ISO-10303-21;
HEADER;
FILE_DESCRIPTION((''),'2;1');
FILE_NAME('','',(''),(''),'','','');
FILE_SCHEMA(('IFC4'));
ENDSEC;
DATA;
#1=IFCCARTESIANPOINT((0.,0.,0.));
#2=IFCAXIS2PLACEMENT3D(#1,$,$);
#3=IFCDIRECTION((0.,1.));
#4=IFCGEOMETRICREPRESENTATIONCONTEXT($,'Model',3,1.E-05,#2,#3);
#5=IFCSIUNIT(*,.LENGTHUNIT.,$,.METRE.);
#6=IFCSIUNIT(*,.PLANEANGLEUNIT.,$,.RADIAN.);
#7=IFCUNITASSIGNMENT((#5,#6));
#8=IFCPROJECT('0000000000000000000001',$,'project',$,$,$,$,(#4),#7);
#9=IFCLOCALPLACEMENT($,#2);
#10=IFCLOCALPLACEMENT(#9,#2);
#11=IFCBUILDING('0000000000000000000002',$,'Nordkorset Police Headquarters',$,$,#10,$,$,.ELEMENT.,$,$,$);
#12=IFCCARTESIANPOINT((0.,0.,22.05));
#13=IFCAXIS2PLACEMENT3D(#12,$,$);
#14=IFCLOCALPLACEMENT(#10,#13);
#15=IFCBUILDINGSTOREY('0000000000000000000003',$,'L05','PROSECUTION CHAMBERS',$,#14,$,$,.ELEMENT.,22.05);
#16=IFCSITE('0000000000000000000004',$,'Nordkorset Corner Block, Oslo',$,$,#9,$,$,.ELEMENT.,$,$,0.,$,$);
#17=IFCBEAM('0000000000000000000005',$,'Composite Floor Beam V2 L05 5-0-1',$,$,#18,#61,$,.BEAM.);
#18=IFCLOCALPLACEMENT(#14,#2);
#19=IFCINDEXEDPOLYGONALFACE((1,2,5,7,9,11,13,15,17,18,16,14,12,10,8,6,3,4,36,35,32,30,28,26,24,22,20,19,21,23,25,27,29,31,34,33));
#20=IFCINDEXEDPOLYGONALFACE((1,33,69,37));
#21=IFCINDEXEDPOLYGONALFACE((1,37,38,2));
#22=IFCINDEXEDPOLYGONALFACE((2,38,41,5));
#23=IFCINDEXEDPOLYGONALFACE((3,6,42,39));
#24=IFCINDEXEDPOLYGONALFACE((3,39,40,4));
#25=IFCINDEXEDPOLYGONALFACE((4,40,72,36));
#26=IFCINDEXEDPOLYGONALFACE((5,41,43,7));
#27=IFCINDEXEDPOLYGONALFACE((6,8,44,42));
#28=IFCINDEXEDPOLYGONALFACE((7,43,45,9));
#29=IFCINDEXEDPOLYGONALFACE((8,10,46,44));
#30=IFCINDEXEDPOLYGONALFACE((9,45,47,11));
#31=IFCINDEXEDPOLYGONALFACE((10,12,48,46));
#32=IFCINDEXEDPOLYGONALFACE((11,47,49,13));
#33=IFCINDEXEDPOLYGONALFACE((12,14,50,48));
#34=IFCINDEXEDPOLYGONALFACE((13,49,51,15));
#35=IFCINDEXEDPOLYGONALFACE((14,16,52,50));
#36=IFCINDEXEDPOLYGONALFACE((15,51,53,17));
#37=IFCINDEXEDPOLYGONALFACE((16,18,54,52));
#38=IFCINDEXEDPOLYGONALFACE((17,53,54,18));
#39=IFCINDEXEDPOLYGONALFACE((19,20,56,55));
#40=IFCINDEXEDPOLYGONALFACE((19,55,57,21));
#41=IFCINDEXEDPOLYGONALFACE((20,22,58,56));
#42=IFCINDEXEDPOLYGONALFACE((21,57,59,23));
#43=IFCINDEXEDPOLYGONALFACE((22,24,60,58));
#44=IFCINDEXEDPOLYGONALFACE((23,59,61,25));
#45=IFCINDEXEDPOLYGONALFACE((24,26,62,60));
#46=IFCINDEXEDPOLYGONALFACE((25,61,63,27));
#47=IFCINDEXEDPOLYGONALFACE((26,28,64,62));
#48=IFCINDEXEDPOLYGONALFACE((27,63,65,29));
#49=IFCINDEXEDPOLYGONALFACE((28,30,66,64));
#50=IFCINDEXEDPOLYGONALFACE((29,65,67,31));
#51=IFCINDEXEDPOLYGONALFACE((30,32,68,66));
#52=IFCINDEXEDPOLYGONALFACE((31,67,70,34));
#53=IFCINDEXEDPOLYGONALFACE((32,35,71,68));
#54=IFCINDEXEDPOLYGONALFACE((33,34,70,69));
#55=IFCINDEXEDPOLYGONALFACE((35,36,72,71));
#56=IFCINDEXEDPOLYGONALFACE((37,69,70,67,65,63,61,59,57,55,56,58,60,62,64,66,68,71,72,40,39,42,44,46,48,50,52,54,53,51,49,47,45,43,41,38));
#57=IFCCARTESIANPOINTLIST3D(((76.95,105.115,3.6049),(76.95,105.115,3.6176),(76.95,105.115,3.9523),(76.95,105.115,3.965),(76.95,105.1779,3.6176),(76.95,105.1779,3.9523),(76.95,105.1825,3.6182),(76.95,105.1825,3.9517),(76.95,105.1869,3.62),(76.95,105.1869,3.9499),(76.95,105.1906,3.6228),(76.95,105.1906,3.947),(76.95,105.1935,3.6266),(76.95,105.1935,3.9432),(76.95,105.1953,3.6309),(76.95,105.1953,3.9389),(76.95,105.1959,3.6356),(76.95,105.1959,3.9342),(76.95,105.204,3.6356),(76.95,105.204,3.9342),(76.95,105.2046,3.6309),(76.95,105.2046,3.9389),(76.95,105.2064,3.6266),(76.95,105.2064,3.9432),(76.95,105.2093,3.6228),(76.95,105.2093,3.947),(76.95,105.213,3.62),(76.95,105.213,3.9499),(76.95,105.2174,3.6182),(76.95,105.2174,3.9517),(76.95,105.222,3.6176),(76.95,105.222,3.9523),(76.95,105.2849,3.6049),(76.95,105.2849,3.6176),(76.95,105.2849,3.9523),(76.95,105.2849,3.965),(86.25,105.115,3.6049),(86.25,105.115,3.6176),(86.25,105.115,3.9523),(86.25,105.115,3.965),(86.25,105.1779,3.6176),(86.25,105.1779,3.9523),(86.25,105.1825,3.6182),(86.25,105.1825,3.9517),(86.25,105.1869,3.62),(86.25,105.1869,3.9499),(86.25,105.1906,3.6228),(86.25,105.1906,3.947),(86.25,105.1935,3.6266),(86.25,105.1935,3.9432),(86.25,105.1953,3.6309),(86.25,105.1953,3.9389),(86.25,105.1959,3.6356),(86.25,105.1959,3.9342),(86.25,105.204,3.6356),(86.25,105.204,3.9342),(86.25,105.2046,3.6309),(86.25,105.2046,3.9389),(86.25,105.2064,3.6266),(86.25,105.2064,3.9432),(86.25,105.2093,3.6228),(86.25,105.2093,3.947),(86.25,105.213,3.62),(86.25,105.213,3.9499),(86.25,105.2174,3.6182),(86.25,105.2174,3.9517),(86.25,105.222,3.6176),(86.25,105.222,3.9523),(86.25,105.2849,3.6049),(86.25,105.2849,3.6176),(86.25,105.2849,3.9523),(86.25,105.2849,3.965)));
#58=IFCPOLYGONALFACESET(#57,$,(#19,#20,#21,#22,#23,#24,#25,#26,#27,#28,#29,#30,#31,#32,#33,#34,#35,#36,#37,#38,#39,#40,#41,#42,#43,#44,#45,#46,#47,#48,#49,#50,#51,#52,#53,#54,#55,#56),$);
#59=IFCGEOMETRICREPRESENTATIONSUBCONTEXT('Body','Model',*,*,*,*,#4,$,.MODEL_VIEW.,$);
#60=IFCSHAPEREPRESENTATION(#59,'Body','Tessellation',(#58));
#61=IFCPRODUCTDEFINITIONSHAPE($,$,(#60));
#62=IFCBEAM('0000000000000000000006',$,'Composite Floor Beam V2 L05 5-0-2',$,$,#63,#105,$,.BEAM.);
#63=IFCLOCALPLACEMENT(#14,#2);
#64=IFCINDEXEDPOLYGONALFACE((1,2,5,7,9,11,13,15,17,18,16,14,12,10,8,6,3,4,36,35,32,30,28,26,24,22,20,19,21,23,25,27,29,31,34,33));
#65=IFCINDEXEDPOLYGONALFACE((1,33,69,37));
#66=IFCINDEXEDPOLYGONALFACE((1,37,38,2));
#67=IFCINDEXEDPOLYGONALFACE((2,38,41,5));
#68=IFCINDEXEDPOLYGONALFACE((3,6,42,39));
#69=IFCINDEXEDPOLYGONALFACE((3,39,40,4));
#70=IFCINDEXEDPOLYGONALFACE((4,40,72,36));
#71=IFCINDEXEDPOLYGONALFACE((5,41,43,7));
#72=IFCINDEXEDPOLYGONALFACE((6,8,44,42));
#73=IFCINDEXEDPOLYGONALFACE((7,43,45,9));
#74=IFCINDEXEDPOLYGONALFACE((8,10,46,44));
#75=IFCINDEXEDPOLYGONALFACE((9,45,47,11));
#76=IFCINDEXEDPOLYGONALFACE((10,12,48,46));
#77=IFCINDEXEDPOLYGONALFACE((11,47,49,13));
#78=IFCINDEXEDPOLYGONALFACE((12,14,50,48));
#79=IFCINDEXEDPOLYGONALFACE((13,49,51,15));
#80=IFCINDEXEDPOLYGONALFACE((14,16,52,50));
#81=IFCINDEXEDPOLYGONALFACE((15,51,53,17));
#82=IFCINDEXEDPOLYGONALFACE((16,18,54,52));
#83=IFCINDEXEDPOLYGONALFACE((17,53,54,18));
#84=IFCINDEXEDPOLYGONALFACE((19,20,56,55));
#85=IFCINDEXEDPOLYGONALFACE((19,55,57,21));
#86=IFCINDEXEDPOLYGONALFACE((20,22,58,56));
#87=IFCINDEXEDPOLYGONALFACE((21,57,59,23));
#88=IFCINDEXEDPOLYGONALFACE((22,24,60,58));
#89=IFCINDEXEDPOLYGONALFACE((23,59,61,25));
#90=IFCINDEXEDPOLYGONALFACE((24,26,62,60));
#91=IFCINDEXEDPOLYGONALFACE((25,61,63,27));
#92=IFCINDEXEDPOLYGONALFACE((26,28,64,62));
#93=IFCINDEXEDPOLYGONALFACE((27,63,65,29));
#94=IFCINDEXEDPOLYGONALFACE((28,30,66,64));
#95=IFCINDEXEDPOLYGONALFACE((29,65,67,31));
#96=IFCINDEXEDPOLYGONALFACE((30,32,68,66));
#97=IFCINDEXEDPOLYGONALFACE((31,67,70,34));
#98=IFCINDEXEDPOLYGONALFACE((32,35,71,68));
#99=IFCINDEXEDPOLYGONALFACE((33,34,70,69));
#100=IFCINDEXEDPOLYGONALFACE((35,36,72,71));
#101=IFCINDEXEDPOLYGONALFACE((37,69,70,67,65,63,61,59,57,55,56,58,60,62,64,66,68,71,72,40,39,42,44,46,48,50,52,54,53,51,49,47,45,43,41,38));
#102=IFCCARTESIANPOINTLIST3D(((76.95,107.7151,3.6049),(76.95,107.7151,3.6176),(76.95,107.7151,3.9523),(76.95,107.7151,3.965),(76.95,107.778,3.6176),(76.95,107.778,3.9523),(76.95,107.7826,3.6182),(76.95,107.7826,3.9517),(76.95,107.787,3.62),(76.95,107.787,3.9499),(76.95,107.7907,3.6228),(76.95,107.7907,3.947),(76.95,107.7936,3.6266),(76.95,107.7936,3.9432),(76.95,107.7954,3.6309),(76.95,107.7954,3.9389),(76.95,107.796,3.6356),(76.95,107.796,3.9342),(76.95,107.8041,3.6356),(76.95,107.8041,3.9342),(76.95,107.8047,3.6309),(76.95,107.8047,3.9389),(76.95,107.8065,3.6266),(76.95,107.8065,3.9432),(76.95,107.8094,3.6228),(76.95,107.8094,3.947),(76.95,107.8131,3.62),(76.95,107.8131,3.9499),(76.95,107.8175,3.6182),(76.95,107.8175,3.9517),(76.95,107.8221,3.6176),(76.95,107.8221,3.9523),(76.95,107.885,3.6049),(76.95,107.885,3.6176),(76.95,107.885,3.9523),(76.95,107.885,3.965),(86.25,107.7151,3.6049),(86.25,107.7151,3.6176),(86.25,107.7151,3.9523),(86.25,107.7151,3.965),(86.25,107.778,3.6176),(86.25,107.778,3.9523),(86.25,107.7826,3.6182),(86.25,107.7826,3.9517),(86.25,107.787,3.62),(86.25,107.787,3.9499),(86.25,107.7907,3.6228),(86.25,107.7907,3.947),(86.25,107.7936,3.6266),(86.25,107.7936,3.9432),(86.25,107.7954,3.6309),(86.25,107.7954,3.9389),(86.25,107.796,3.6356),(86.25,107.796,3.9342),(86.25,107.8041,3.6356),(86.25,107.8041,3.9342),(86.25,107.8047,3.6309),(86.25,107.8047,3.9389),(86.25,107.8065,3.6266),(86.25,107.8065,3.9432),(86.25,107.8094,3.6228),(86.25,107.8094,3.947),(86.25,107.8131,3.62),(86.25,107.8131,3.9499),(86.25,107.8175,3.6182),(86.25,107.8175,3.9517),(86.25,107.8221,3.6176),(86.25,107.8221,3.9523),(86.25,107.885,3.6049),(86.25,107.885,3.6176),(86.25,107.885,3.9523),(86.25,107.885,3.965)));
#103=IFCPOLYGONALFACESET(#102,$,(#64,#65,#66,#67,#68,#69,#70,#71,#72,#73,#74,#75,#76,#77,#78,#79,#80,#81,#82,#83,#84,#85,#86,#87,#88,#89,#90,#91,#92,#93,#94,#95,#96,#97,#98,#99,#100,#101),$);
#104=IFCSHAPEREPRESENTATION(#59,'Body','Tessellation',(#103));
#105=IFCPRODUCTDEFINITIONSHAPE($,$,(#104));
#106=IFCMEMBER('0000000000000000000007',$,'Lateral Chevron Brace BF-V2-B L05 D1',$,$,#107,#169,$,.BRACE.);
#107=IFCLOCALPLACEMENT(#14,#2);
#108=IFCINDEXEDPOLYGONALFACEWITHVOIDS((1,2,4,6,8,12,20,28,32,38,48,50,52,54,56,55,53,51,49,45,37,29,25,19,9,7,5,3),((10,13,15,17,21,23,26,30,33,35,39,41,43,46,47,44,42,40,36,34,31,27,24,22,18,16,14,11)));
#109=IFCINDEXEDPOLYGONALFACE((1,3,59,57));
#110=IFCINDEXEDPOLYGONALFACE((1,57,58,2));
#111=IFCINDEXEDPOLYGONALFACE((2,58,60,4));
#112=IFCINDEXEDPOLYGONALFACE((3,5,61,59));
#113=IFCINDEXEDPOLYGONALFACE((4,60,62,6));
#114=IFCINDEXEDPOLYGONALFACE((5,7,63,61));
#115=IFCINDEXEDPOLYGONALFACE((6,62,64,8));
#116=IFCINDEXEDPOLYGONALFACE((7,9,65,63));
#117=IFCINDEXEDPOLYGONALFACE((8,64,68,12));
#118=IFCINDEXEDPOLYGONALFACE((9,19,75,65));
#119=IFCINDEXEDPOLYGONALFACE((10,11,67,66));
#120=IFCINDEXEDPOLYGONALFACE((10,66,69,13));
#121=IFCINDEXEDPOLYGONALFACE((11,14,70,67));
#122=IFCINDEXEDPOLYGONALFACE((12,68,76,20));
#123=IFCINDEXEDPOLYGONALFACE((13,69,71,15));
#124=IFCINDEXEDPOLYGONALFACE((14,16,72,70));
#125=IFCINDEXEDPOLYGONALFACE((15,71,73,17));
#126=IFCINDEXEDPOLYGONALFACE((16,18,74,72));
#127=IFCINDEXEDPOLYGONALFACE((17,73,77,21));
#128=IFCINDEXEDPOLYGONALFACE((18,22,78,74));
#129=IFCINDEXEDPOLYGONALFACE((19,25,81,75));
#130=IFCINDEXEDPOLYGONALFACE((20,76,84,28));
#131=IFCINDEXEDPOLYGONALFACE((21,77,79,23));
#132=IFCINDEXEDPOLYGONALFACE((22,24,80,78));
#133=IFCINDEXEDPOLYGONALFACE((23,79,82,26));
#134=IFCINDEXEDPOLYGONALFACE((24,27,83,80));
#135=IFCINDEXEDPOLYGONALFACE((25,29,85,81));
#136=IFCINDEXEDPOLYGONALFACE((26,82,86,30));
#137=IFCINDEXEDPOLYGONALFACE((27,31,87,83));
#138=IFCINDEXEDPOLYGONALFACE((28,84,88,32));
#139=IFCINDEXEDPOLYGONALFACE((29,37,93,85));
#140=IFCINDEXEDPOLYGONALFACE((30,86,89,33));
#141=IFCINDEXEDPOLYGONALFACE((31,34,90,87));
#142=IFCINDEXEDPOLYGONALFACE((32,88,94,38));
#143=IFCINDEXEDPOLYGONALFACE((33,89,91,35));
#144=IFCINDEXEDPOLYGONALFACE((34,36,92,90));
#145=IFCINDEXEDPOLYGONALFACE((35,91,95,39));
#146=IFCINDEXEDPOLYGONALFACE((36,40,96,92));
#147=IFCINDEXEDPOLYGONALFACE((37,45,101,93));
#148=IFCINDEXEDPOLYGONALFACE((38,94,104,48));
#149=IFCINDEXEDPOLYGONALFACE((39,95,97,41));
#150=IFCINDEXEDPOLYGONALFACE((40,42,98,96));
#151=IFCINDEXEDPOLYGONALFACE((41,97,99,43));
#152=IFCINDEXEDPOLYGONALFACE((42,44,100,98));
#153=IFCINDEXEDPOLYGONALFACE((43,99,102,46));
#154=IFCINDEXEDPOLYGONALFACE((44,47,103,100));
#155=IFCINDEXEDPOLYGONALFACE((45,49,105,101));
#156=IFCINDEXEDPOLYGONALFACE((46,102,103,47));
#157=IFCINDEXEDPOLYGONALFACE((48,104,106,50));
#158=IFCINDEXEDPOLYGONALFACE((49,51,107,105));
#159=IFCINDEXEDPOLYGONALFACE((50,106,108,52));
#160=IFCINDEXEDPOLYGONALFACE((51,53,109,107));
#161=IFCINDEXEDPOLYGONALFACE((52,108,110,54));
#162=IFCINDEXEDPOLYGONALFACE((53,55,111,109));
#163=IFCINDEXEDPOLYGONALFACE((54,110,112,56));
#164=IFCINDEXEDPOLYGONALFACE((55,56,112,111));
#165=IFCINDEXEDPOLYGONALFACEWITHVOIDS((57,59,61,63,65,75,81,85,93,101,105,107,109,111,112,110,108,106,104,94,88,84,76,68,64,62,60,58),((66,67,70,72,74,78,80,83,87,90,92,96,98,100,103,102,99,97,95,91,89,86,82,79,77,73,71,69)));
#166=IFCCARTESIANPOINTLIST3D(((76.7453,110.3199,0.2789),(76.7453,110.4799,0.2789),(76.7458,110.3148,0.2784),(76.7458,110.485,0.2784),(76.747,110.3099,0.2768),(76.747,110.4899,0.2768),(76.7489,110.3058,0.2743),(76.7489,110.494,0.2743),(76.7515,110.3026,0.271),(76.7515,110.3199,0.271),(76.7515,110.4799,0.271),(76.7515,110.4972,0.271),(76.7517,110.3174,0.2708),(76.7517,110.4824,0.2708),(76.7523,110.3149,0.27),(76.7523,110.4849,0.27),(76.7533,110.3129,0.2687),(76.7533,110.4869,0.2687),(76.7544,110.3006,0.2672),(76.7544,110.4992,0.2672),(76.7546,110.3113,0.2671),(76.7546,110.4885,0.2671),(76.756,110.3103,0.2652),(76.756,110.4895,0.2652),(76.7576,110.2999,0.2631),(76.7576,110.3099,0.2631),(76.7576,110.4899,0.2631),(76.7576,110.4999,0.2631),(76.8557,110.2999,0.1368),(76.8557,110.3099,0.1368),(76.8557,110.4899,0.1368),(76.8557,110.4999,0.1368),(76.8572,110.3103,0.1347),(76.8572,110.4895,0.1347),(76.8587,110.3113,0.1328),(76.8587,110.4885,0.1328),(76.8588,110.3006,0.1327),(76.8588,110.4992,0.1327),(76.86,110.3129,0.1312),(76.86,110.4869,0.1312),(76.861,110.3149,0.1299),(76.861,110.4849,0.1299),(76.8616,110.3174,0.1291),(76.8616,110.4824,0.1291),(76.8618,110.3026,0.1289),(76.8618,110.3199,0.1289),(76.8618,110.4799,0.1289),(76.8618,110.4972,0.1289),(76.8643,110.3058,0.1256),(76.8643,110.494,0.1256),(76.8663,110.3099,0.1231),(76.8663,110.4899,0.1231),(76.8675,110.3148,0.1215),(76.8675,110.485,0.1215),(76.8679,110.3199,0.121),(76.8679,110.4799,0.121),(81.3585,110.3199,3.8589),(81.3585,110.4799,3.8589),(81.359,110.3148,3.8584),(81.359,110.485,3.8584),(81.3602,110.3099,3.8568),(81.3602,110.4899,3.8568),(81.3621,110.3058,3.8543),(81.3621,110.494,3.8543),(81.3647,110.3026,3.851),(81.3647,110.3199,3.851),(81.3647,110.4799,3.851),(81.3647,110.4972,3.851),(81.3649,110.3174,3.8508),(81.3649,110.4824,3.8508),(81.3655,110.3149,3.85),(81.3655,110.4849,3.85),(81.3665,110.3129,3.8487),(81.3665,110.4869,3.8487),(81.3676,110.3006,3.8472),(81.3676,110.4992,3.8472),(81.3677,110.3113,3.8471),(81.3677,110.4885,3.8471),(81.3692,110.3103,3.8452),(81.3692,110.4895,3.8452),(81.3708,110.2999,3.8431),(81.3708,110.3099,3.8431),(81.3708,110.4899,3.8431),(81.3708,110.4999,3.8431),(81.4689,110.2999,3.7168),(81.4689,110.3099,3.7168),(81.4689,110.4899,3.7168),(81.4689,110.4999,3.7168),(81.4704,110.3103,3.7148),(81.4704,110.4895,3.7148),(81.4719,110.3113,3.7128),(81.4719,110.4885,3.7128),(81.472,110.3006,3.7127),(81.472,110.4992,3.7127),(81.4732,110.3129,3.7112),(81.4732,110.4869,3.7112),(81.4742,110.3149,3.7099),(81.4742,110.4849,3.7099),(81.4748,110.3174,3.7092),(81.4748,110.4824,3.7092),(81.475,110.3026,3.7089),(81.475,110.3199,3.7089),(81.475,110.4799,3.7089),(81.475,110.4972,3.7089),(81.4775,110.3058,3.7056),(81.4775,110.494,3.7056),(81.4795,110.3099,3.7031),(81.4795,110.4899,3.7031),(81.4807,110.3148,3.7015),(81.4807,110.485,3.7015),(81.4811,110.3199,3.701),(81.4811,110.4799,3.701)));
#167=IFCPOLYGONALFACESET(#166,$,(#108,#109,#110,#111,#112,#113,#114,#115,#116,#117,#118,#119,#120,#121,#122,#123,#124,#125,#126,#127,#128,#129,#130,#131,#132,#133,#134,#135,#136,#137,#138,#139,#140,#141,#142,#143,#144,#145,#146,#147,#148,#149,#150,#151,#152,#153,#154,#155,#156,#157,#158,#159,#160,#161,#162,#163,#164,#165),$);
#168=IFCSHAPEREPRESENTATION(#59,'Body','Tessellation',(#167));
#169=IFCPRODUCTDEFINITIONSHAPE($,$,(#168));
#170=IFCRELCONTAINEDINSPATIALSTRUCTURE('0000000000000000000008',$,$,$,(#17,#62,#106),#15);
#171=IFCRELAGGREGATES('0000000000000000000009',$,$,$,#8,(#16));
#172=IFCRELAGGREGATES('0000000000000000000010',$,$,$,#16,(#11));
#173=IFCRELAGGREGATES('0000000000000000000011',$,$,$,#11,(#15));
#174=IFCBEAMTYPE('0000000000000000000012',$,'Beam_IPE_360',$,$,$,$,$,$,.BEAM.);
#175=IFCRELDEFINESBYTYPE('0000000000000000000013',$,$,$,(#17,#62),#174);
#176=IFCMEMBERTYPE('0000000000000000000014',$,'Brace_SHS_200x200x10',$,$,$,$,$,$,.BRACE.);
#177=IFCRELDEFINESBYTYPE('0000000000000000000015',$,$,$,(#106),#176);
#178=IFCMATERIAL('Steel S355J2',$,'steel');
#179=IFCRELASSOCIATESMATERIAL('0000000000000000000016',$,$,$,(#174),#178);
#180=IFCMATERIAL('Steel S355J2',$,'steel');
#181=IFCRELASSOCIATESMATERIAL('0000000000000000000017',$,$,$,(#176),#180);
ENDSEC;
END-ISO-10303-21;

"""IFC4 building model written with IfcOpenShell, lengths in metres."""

from ifc_helpers import new_model, si_unit, direction, frame, origin, origin_2d, place, context, subcontext, project, spatial, hollow_rectangle, i_section, extrude, material, material_profile, profile_set, type_object, element, save


model = new_model("IFC4")

# Units and contexts
model_context = context("Model", 3, precision=1e-05, world=origin(), true_north=direction((0.0, 1.0)))
body_context = subcontext(model_context, "Body", "Model", "MODEL_VIEW")
ifc_project = project(units=[si_unit("LENGTHUNIT", "METRE"), si_unit("PLANEANGLEUNIT", "RADIAN")], contexts=[model_context])

# Site, building, storey
site_placement = place(None, origin())
site = spatial("IfcSite", under=ifc_project, at=site_placement, Name="Nordkorset Corner Block, Oslo", CompositionType="ELEMENT", RefElevation=0.0)
building_placement = place(site_placement, origin())
building = spatial("IfcBuilding", under=site, at=building_placement, Name="Nordkorset Police Headquarters", CompositionType="ELEMENT")
storey_placement = place(building_placement, frame((0.0, 0.0, 22.05)))
storey = spatial("IfcBuildingStorey", under=building, at=storey_placement, Name="L05", Description="PROSECUTION CHAMBERS", CompositionType="ELEMENT", Elevation=22.05)

# Beams
ifc_material_1 = material(Name="Steel S355J2", Category="steel")
ifc_material_profile_1 = material_profile(ifc_material_1, i_section(OverallWidth=0.1699, OverallDepth=0.3601, WebThickness=0.0081, FlangeThickness=0.0127, FilletRadius=0.0181, at=origin_2d()), Name="IPE 360")
ifc_profile_set_1 = profile_set([ifc_material_profile_1], Name="Steel S355J2")
beam_type_1 = type_object("IfcBeamType", Name="Beam_IPE_360", PredefinedType="BEAM", material=ifc_profile_set_1)
for number, where, z_axis, x_axis, name in (
    (1, (76.95, 105.2, 3.7849), (1.0, 0.0, 0.0), (0.0, 1.0, 0.0), "Composite Floor Beam V2 L05 5-0-1"),
    (2, (76.95, 107.8, 3.7849), (1.0, 0.0, 0.0), (0.0, 1.0, 0.0), "Composite Floor Beam V2 L05 5-0-2"),
):
    element("IfcBeam", number, at=place(storey_placement, frame(where, z_axis=z_axis, x_axis=x_axis)), inside=storey, type_object=beam_type_1, Name=name, PredefinedType="BEAM", context=body_context, shape_type="SweptSolid", body=[
        extrude(i_section(OverallWidth=0.1699, OverallDepth=0.3601, WebThickness=0.0081, FlangeThickness=0.0127, FilletRadius=0.0181, at=origin_2d()), origin(), (0.0, 0.0, 1.0), 9.3),
    ])

# Member
ifc_material_2 = material(Name="Steel S355J2", Category="steel")
ifc_material_profile_2 = material_profile(ifc_material_2, hollow_rectangle(XDim=0.2, YDim=0.2, WallThickness=0.01, InnerFilletRadius=0.01, OuterFilletRadius=0.02, at=origin_2d()), Name="SHS 200x200x10")
ifc_profile_set_2 = profile_set([ifc_material_profile_2], Name="Steel S355J2")
member_type_1 = type_object("IfcMemberType", Name="Brace_SHS_200x200x10", PredefinedType="BRACE", material=ifc_profile_set_2)
for number, where, z_axis, x_axis, name in (
    (3, (76.8066, 110.3999, 0.2), (0.790018, 0.0, 0.613083), (0.0, 1.0, 0.0), "Lateral Chevron Brace BF-V2-B L05 D1"),
):
    element("IfcMember", number, at=place(storey_placement, frame(where, z_axis=z_axis, x_axis=x_axis)), inside=storey, type_object=member_type_1, Name=name, PredefinedType="BRACE", context=body_context, shape_type="SweptSolid", body=[
        extrude(hollow_rectangle(XDim=0.2, YDim=0.2, WallThickness=0.01, InnerFilletRadius=0.01, OuterFilletRadius=0.02, at=origin_2d()), origin(), (0.0, 0.0, 1.0), 5.8394),
    ])

save(model, "model.ifc")
